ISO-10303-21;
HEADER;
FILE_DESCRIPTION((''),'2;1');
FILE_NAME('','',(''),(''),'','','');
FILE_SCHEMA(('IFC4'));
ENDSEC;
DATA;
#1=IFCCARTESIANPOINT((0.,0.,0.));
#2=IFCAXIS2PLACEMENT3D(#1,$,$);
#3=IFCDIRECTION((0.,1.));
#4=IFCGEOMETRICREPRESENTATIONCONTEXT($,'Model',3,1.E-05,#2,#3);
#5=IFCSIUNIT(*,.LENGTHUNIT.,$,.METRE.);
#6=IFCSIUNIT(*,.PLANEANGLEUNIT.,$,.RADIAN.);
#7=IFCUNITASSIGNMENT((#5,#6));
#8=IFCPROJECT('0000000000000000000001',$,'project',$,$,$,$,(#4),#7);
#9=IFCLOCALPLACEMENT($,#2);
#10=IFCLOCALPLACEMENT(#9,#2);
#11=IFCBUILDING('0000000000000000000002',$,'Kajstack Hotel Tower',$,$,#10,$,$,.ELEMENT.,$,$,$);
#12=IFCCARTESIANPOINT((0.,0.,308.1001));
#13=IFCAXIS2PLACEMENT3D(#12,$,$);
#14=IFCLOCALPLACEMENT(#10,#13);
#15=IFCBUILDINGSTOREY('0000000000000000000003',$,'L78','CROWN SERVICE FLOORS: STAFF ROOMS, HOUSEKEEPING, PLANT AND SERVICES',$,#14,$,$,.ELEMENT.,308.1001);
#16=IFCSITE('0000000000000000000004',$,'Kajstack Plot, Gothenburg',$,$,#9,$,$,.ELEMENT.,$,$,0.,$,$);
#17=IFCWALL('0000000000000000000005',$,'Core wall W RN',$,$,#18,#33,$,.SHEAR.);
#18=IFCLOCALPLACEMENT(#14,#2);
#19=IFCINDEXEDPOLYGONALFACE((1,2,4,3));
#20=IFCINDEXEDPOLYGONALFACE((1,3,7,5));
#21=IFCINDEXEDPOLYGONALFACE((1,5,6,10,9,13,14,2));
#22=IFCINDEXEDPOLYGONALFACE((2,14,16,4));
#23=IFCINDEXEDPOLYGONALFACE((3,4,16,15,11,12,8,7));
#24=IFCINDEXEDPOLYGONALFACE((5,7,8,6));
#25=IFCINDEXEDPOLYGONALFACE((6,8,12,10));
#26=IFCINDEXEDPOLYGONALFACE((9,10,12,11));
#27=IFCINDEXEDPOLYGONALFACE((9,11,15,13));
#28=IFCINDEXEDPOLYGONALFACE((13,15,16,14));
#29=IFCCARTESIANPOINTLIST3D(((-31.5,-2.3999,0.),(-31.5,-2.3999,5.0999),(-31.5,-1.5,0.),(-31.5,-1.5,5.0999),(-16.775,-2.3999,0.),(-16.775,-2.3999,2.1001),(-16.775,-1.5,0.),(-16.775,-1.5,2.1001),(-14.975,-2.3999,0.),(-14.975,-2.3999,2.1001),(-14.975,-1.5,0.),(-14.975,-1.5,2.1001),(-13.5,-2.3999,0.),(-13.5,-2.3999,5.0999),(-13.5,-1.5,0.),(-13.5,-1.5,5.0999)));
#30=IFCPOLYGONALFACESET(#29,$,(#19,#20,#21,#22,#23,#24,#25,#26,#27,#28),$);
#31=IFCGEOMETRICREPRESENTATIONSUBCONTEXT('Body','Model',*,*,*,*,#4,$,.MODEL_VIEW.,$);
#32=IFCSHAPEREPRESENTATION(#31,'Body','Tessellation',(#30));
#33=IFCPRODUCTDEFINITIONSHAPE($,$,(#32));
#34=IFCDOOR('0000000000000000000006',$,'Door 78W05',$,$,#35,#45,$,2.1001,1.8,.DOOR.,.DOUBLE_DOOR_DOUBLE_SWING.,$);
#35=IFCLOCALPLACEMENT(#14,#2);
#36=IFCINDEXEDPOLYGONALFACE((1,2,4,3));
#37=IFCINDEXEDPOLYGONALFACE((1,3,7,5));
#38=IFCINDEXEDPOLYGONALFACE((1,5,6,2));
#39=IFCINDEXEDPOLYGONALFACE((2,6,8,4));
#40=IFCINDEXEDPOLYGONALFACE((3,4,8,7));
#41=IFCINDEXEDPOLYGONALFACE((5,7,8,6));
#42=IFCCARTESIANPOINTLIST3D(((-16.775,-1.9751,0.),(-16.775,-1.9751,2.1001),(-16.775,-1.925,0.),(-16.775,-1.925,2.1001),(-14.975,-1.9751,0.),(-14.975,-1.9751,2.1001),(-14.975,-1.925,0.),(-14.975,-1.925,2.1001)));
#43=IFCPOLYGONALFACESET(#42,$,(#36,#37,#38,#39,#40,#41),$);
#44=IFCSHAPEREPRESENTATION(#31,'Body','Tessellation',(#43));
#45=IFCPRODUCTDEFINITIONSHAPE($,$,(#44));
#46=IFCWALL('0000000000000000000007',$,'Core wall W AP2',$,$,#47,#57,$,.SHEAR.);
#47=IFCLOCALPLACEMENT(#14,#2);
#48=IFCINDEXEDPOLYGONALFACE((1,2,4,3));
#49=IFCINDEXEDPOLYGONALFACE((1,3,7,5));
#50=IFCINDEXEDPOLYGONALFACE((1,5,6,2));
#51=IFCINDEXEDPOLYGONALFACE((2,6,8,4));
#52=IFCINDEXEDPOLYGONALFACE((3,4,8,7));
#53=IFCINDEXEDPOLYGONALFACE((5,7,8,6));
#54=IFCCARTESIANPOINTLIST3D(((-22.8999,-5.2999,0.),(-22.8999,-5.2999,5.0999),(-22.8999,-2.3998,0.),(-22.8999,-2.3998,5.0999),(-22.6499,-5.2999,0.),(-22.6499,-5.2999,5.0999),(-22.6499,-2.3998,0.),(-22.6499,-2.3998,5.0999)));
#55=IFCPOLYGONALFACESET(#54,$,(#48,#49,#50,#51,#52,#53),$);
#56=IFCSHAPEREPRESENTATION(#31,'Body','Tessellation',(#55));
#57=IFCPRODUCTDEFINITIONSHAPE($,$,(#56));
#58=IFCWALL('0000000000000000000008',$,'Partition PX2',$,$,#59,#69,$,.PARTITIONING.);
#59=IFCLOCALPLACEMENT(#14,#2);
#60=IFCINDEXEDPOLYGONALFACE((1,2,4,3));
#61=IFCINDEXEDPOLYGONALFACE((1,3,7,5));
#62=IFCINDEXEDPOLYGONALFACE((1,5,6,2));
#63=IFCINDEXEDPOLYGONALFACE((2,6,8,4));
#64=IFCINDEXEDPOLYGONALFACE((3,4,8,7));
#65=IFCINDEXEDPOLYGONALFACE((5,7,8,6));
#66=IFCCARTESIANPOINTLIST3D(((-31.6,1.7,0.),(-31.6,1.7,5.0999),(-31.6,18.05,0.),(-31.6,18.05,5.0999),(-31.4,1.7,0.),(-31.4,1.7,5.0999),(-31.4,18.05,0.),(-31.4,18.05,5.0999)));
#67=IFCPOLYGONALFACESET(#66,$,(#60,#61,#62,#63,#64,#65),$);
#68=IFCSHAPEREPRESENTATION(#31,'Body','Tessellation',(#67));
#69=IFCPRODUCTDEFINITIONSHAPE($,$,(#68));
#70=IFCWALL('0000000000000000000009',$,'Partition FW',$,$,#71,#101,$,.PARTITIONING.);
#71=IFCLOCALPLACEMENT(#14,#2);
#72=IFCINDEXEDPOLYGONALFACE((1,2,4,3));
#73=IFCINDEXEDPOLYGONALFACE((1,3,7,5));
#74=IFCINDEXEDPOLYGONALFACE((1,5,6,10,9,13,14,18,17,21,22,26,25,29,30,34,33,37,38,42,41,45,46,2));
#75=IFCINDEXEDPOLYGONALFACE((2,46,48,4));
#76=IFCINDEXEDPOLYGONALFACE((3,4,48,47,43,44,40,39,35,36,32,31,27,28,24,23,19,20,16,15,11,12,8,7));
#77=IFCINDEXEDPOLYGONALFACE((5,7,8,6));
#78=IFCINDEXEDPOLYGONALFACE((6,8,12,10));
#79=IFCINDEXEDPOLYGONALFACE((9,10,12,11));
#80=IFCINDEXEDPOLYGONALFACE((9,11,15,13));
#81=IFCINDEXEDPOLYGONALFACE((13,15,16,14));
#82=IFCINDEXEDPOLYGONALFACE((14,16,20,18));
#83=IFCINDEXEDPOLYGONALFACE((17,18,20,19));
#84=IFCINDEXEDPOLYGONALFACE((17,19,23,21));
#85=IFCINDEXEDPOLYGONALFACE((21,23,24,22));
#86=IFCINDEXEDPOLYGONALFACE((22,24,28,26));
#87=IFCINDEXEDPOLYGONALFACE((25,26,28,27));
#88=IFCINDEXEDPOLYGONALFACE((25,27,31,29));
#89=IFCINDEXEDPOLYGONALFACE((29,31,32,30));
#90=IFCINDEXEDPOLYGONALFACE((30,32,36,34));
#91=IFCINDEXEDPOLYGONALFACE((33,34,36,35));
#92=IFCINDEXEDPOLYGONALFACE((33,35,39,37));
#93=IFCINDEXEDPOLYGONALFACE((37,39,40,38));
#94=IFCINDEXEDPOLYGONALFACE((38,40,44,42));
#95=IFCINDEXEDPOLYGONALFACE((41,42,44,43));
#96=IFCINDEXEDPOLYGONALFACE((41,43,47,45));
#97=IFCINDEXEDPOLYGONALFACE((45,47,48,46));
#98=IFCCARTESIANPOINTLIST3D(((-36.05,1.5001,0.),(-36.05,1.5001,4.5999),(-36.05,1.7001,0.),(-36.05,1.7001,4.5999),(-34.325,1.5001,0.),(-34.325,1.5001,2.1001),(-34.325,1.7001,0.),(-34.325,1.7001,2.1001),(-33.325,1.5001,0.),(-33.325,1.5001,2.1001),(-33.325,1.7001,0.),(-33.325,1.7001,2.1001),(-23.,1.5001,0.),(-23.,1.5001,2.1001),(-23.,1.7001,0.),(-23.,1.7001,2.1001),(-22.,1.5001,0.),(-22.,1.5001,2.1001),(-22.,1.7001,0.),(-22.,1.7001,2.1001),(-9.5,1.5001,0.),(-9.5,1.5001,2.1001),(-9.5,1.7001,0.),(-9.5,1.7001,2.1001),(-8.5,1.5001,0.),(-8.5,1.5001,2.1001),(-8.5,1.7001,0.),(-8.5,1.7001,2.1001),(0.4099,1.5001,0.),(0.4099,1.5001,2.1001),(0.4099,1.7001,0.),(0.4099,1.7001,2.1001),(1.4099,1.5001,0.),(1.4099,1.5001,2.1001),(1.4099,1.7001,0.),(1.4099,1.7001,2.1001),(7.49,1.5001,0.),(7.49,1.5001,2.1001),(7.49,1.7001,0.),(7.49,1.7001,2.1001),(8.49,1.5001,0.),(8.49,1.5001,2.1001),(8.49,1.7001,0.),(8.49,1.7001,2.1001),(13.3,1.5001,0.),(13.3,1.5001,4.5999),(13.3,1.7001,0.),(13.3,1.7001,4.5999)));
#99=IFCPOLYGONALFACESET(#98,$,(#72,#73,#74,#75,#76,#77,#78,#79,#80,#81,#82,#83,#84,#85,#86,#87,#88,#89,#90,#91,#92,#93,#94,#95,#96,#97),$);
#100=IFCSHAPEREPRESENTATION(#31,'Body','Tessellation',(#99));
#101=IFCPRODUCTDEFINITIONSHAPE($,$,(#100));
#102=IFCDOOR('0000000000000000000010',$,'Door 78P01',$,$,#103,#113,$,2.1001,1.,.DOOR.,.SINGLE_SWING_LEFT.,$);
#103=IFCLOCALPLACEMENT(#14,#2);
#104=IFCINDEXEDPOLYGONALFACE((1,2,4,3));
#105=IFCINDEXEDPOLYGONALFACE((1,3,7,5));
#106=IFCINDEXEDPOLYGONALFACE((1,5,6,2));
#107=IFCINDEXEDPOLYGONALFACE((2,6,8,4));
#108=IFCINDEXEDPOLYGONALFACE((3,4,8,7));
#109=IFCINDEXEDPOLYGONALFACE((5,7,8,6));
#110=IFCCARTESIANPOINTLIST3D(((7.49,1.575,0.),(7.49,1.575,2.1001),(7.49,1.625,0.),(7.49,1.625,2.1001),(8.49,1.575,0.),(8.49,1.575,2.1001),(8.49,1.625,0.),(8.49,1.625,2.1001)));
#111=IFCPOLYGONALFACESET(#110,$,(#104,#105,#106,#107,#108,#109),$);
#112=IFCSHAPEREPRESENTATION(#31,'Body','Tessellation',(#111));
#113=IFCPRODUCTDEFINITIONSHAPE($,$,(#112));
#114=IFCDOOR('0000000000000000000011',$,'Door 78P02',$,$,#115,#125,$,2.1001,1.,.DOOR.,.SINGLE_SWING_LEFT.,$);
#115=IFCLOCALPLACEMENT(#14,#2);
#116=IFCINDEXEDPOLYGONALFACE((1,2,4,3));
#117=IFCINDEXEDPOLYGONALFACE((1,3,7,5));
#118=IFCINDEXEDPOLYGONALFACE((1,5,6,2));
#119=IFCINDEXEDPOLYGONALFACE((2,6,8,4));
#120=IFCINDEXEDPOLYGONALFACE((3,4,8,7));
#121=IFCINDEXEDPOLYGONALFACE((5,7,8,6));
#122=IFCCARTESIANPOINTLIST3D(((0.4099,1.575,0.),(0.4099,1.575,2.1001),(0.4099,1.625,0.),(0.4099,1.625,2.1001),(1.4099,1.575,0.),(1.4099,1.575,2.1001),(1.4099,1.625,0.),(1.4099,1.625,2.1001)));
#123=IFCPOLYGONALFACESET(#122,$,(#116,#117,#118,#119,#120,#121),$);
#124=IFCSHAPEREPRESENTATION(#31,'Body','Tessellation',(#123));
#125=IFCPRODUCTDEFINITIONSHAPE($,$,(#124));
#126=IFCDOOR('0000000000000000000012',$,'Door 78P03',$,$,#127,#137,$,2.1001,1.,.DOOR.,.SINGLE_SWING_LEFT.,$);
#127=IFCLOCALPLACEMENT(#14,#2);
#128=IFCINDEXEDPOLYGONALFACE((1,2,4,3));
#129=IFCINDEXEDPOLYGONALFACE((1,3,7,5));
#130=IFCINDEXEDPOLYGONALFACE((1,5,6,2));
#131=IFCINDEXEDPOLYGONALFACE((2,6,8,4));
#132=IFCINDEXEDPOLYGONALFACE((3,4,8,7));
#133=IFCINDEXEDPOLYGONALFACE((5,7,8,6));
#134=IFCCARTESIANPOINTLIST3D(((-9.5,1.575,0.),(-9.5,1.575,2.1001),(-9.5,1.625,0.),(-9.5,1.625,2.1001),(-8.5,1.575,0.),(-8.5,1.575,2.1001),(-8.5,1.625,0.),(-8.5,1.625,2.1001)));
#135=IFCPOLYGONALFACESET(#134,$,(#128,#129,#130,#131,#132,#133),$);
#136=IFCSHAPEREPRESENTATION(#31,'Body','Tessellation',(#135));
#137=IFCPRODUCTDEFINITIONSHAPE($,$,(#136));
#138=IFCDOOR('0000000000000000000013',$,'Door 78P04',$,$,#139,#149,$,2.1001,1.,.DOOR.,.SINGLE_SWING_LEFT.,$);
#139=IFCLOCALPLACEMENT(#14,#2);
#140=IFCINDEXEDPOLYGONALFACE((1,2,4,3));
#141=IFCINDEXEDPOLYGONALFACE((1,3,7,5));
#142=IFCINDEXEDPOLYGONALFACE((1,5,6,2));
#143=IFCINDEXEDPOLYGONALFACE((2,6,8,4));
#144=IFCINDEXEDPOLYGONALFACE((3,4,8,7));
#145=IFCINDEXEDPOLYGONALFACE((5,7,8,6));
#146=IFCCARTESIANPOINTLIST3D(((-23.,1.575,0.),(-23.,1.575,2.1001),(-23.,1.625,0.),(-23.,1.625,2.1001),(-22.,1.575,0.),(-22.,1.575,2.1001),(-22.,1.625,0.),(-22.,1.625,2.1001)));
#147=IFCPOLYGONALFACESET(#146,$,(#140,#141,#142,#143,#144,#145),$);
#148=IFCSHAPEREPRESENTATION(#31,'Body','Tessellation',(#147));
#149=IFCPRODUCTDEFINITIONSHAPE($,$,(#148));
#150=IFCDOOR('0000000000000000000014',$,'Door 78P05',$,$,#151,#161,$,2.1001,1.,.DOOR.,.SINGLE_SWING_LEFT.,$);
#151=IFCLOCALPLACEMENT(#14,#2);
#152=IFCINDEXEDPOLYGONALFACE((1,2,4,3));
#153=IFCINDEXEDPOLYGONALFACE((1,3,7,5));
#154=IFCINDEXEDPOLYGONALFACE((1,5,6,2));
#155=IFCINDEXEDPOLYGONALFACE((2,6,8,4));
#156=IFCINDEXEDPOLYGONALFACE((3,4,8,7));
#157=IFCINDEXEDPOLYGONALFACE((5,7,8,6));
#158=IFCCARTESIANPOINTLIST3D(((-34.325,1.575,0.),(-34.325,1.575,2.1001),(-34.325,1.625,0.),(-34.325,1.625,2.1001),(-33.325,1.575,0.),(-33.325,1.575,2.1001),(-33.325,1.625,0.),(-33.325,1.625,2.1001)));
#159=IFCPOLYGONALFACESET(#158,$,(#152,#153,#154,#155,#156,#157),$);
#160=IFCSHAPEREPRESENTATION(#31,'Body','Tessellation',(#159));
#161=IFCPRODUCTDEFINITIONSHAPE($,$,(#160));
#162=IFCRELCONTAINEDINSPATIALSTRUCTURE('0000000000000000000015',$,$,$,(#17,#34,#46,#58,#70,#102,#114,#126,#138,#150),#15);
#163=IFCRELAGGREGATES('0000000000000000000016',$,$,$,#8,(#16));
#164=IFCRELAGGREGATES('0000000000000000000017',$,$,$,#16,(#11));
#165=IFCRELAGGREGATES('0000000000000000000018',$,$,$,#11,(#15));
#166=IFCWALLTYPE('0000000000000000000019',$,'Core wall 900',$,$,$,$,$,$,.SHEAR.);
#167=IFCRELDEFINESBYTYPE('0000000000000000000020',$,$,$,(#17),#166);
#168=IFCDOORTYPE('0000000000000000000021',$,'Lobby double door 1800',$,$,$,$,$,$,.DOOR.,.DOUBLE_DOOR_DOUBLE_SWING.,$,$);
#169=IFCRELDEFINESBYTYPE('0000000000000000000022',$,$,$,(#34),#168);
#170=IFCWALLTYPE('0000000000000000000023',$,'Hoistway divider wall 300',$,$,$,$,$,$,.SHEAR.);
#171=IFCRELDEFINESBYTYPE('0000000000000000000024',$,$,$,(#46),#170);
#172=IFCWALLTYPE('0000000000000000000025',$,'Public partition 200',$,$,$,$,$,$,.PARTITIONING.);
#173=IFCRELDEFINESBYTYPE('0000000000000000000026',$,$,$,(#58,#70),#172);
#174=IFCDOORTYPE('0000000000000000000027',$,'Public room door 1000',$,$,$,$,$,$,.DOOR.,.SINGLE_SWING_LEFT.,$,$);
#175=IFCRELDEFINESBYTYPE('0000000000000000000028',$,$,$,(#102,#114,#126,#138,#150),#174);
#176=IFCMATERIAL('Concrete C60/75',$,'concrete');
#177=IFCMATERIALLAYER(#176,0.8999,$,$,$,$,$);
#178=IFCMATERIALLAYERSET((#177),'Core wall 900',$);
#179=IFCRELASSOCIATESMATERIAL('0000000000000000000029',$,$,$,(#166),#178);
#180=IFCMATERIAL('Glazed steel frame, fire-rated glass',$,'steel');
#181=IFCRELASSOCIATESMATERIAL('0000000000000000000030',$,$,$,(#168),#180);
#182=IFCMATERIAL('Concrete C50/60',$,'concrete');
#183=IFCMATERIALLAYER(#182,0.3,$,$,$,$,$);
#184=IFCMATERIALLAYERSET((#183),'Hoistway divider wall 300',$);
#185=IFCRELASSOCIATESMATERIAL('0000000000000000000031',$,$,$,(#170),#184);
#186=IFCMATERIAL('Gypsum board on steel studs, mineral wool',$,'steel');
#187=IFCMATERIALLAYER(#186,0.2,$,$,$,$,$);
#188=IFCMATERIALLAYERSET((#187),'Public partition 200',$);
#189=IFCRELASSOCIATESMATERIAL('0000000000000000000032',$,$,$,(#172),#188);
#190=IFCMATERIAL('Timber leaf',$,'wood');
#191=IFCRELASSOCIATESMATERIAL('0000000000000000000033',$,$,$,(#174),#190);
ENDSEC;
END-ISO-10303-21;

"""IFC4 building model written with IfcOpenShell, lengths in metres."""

from ifc_helpers import new_model, si_unit, direction, frame, frame_2d, origin, place, context, subcontext, project, spatial, rectangle, extrude, material, layer, layer_set, type_object, element, fill, save


model = new_model("IFC4")

# Units and contexts
model_context = context("Model", 3, precision=1e-05, world=origin(), true_north=direction((0.0, 1.0)))
body_context = subcontext(model_context, "Body", "Model", "MODEL_VIEW")
ifc_project = project(units=[si_unit("LENGTHUNIT", "METRE"), si_unit("PLANEANGLEUNIT", "RADIAN")], contexts=[model_context])

# Site, building, storey
site_placement = place(None, origin())
site = spatial("IfcSite", under=ifc_project, at=site_placement, Name="Kajstack Plot, Gothenburg", CompositionType="ELEMENT", RefElevation=0.0)
building_placement = place(site_placement, origin())
building = spatial("IfcBuilding", under=site, at=building_placement, Name="Kajstack Hotel Tower", CompositionType="ELEMENT")
storey_placement = place(building_placement, frame((0.0, 0.0, 308.1001)))
storey = spatial("IfcBuildingStorey", under=building, at=storey_placement, Name="L78", Description="CROWN SERVICE FLOORS: STAFF ROOMS, HOUSEKEEPING, PLANT AND SERVICES", CompositionType="ELEMENT", Elevation=308.1001)

# Wall, opening, door
ifc_material_1 = material(Name="Concrete C60/75", Category="concrete")
ifc_layer_1 = layer(ifc_material_1, 0.8999)
ifc_layer_set_1 = layer_set([ifc_layer_1], Name="Core wall 900")
wall_type_1 = type_object("IfcWallType", Name="Core wall 900", PredefinedType="SHEAR", material=ifc_layer_set_1)
wall_1_placement = place(storey_placement, frame((-31.5, -1.95, 0.0), z_axis=(0.0, 0.0, 1.0), x_axis=(1.0, 0.0, 0.0)))
wall_1 = element("IfcWall", 1, at=wall_1_placement, inside=storey, type_object=wall_type_1, Name="Core wall W RN", PredefinedType="SHEAR", context=body_context, shape_type="SweptSolid", body=[
    extrude(rectangle(XDim=18.0, YDim=0.8999, at=frame_2d((9.0, 0.0))), origin(), (0.0, 0.0, 1.0), 5.0999),
])
opening_1_placement = place(wall_1_placement, frame((14.7251, 0.0, 0.0)))
opening_1 = element("IfcOpeningElement", 2, at=opening_1_placement, cuts=wall_1, PredefinedType="OPENING", context=body_context, shape_type="SweptSolid", body=[
    extrude(rectangle(XDim=1.8, YDim=2.1001, at=frame_2d((0.8999, 1.05))), frame((0.0, 0.46, 0.0), z_axis=(0.0, -1.0, 0.0), x_axis=(1.0, 0.0, 0.0)), (0.0, 0.0, 1.0), 0.9199),
])
ifc_material_2 = material(Name="Glazed steel frame, fire-rated glass", Category="steel")
door_type_1 = type_object("IfcDoorType", Name="Lobby double door 1800", OperationType="DOUBLE_DOOR_DOUBLE_SWING", PredefinedType="DOOR", material=ifc_material_2)
door_1_placement = place(opening_1_placement, origin())
door_1 = element("IfcDoor", 3, at=door_1_placement, inside=storey, type_object=door_type_1, Name="Door 78W05", OperationType="DOUBLE_DOOR_DOUBLE_SWING", OverallHeight=2.1001, OverallWidth=1.8, PredefinedType="DOOR", context=body_context, shape_type="SweptSolid", body=[
    extrude(rectangle(XDim=1.8, YDim=2.1001, at=frame_2d((0.8999, 1.05))), frame((0.0, 0.0249, 0.0), z_axis=(0.0, -1.0, 0.0), x_axis=(1.0, 0.0, 0.0)), (0.0, 0.0, 1.0), 0.05),
])
fill(opening_1, door_1)

# Walls
ifc_material_3 = material(Name="Concrete C50/60", Category="concrete")
ifc_layer_2 = layer(ifc_material_3, 0.3)
ifc_layer_set_2 = layer_set([ifc_layer_2], Name="Hoistway divider wall 300")
wall_type_2 = type_object("IfcWallType", Name="Hoistway divider wall 300", PredefinedType="SHEAR", material=ifc_layer_set_2)
wall_2_placement = place(storey_placement, frame((-22.7749, -5.3, 0.0), z_axis=(0.0, 0.0, 1.0), x_axis=(0.0, 1.0, 0.0)))
element("IfcWall", 4, at=wall_2_placement, inside=storey, type_object=wall_type_2, Name="Core wall W AP2", PredefinedType="SHEAR", context=body_context, shape_type="SweptSolid", body=[
    extrude(rectangle(XDim=2.9001, YDim=0.25, at=frame_2d((1.4502, 0.0))), origin(), (0.0, 0.0, 1.0), 5.0999),
])
ifc_material_4 = material(Name="Gypsum board on steel studs, mineral wool", Category="steel")
ifc_layer_3 = layer(ifc_material_4, 0.2)
ifc_layer_set_3 = layer_set([ifc_layer_3], Name="Public partition 200")
wall_type_3 = type_object("IfcWallType", Name="Public partition 200", PredefinedType="PARTITIONING", material=ifc_layer_set_3)
wall_3_placement = place(storey_placement, frame((-31.5, 1.7, 0.0), z_axis=(0.0, 0.0, 1.0), x_axis=(0.0, 1.0, 0.0)))
element("IfcWall", 5, at=wall_3_placement, inside=storey, type_object=wall_type_3, Name="Partition PX2", PredefinedType="PARTITIONING", context=body_context, shape_type="SweptSolid", body=[
    extrude(rectangle(XDim=16.3501, YDim=0.2, at=frame_2d((8.175, 0.0))), origin(), (0.0, 0.0, 1.0), 5.0999),
])

# Wall, openings, doors
wall_4_placement = place(storey_placement, frame((-36.05, 1.6001, 0.0), z_axis=(0.0, 0.0, 1.0), x_axis=(1.0, 0.0, 0.0)))
wall_4 = element("IfcWall", 6, at=wall_4_placement, inside=storey, type_object=wall_type_3, Name="Partition FW", PredefinedType="PARTITIONING", context=body_context, shape_type="SweptSolid", body=[
    extrude(rectangle(XDim=49.3501, YDim=0.2, at=frame_2d((24.675, 0.0))), origin(), (0.0, 0.0, 1.0), 4.5999),
])
opening_2_placement = place(wall_4_placement, frame((43.54, 0.0, 0.0)))
opening_2 = element("IfcOpeningElement", 7, at=opening_2_placement, cuts=wall_4, PredefinedType="OPENING", context=body_context, shape_type="SweptSolid", body=[
    extrude(rectangle(XDim=1.0, YDim=2.1001, at=frame_2d((0.5, 1.05))), frame((0.0, 0.1099, 0.0), z_axis=(0.0, -1.0, 0.0), x_axis=(1.0, 0.0, 0.0)), (0.0, 0.0, 1.0), 0.22),
])
opening_3_placement = place(wall_4_placement, frame((36.46, 0.0, 0.0)))
opening_3 = element("IfcOpeningElement", 8, at=opening_3_placement, cuts=wall_4, PredefinedType="OPENING", context=body_context, shape_type="SweptSolid", body=[
    extrude(rectangle(XDim=1.0, YDim=2.1001, at=frame_2d((0.5, 1.05))), frame((0.0, 0.1099, 0.0), z_axis=(0.0, -1.0, 0.0), x_axis=(1.0, 0.0, 0.0)), (0.0, 0.0, 1.0), 0.22),
])
opening_4_placement = place(wall_4_placement, frame((26.55, 0.0, 0.0)))
opening_4 = element("IfcOpeningElement", 9, at=opening_4_placement, cuts=wall_4, PredefinedType="OPENING", context=body_context, shape_type="SweptSolid", body=[
    extrude(rectangle(XDim=1.0, YDim=2.1001, at=frame_2d((0.5, 1.05))), frame((0.0, 0.1099, 0.0), z_axis=(0.0, -1.0, 0.0), x_axis=(1.0, 0.0, 0.0)), (0.0, 0.0, 1.0), 0.22),
])
opening_5_placement = place(wall_4_placement, frame((13.05, 0.0, 0.0)))
opening_5 = element("IfcOpeningElement", 10, at=opening_5_placement, cuts=wall_4, PredefinedType="OPENING", context=body_context, shape_type="SweptSolid", body=[
    extrude(rectangle(XDim=1.0, YDim=2.1001, at=frame_2d((0.5, 1.05))), frame((0.0, 0.1099, 0.0), z_axis=(0.0, -1.0, 0.0), x_axis=(1.0, 0.0, 0.0)), (0.0, 0.0, 1.0), 0.22),
])
opening_6_placement = place(wall_4_placement, frame((1.7251, 0.0, 0.0)))
opening_6 = element("IfcOpeningElement", 11, at=opening_6_placement, cuts=wall_4, PredefinedType="OPENING", context=body_context, shape_type="SweptSolid", body=[
    extrude(rectangle(XDim=1.0, YDim=2.1001, at=frame_2d((0.5, 1.05))), frame((0.0, 0.1099, 0.0), z_axis=(0.0, -1.0, 0.0), x_axis=(1.0, 0.0, 0.0)), (0.0, 0.0, 1.0), 0.22),
])
ifc_material_5 = material(Name="Timber leaf", Category="wood")
door_type_2 = type_object("IfcDoorType", Name="Public room door 1000", OperationType="SINGLE_SWING_LEFT", PredefinedType="DOOR", material=ifc_material_5)
door_2_placement = place(opening_2_placement, origin())
door_2 = element("IfcDoor", 12, at=door_2_placement, inside=storey, type_object=door_type_2, Name="Door 78P01", OperationType="SINGLE_SWING_LEFT", OverallHeight=2.1001, OverallWidth=1.0, PredefinedType="DOOR", context=body_context, shape_type="SweptSolid", body=[
    extrude(rectangle(XDim=1.0, YDim=2.1001, at=frame_2d((0.5, 1.05))), frame((0.0, 0.0249, 0.0), z_axis=(0.0, -1.0, 0.0), x_axis=(1.0, 0.0, 0.0)), (0.0, 0.0, 1.0), 0.05),
])
fill(opening_2, door_2)
door_3_placement = place(opening_3_placement, origin())
door_3 = element("IfcDoor", 13, at=door_3_placement, inside=storey, type_object=door_type_2, Name="Door 78P02", OperationType="SINGLE_SWING_LEFT", OverallHeight=2.1001, OverallWidth=1.0, PredefinedType="DOOR", context=body_context, shape_type="SweptSolid", body=[
    extrude(rectangle(XDim=1.0, YDim=2.1001, at=frame_2d((0.5, 1.05))), frame((0.0, 0.0249, 0.0), z_axis=(0.0, -1.0, 0.0), x_axis=(1.0, 0.0, 0.0)), (0.0, 0.0, 1.0), 0.05),
])
fill(opening_3, door_3)
door_4_placement = place(opening_4_placement, origin())
door_4 = element("IfcDoor", 14, at=door_4_placement, inside=storey, type_object=door_type_2, Name="Door 78P03", OperationType="SINGLE_SWING_LEFT", OverallHeight=2.1001, OverallWidth=1.0, PredefinedType="DOOR", context=body_context, shape_type="SweptSolid", body=[
    extrude(rectangle(XDim=1.0, YDim=2.1001, at=frame_2d((0.5, 1.05))), frame((0.0, 0.0249, 0.0), z_axis=(0.0, -1.0, 0.0), x_axis=(1.0, 0.0, 0.0)), (0.0, 0.0, 1.0), 0.05),
])
fill(opening_4, door_4)
door_5_placement = place(opening_5_placement, origin())
door_5 = element("IfcDoor", 15, at=door_5_placement, inside=storey, type_object=door_type_2, Name="Door 78P04", OperationType="SINGLE_SWING_LEFT", OverallHeight=2.1001, OverallWidth=1.0, PredefinedType="DOOR", context=body_context, shape_type="SweptSolid", body=[
    extrude(rectangle(XDim=1.0, YDim=2.1001, at=frame_2d((0.5, 1.05))), frame((0.0, 0.0249, 0.0), z_axis=(0.0, -1.0, 0.0), x_axis=(1.0, 0.0, 0.0)), (0.0, 0.0, 1.0), 0.05),
])
fill(opening_5, door_5)
door_6_placement = place(opening_6_placement, origin())
door_6 = element("IfcDoor", 16, at=door_6_placement, inside=storey, type_object=door_type_2, Name="Door 78P05", OperationType="SINGLE_SWING_LEFT", OverallHeight=2.1001, OverallWidth=1.0, PredefinedType="DOOR", context=body_context, shape_type="SweptSolid", body=[
    extrude(rectangle(XDim=1.0, YDim=2.1001, at=frame_2d((0.5, 1.05))), frame((0.0, 0.0249, 0.0), z_axis=(0.0, -1.0, 0.0), x_axis=(1.0, 0.0, 0.0)), (0.0, 0.0, 1.0), 0.05),
])
fill(opening_6, door_6)

save(model, "model.ifc")
